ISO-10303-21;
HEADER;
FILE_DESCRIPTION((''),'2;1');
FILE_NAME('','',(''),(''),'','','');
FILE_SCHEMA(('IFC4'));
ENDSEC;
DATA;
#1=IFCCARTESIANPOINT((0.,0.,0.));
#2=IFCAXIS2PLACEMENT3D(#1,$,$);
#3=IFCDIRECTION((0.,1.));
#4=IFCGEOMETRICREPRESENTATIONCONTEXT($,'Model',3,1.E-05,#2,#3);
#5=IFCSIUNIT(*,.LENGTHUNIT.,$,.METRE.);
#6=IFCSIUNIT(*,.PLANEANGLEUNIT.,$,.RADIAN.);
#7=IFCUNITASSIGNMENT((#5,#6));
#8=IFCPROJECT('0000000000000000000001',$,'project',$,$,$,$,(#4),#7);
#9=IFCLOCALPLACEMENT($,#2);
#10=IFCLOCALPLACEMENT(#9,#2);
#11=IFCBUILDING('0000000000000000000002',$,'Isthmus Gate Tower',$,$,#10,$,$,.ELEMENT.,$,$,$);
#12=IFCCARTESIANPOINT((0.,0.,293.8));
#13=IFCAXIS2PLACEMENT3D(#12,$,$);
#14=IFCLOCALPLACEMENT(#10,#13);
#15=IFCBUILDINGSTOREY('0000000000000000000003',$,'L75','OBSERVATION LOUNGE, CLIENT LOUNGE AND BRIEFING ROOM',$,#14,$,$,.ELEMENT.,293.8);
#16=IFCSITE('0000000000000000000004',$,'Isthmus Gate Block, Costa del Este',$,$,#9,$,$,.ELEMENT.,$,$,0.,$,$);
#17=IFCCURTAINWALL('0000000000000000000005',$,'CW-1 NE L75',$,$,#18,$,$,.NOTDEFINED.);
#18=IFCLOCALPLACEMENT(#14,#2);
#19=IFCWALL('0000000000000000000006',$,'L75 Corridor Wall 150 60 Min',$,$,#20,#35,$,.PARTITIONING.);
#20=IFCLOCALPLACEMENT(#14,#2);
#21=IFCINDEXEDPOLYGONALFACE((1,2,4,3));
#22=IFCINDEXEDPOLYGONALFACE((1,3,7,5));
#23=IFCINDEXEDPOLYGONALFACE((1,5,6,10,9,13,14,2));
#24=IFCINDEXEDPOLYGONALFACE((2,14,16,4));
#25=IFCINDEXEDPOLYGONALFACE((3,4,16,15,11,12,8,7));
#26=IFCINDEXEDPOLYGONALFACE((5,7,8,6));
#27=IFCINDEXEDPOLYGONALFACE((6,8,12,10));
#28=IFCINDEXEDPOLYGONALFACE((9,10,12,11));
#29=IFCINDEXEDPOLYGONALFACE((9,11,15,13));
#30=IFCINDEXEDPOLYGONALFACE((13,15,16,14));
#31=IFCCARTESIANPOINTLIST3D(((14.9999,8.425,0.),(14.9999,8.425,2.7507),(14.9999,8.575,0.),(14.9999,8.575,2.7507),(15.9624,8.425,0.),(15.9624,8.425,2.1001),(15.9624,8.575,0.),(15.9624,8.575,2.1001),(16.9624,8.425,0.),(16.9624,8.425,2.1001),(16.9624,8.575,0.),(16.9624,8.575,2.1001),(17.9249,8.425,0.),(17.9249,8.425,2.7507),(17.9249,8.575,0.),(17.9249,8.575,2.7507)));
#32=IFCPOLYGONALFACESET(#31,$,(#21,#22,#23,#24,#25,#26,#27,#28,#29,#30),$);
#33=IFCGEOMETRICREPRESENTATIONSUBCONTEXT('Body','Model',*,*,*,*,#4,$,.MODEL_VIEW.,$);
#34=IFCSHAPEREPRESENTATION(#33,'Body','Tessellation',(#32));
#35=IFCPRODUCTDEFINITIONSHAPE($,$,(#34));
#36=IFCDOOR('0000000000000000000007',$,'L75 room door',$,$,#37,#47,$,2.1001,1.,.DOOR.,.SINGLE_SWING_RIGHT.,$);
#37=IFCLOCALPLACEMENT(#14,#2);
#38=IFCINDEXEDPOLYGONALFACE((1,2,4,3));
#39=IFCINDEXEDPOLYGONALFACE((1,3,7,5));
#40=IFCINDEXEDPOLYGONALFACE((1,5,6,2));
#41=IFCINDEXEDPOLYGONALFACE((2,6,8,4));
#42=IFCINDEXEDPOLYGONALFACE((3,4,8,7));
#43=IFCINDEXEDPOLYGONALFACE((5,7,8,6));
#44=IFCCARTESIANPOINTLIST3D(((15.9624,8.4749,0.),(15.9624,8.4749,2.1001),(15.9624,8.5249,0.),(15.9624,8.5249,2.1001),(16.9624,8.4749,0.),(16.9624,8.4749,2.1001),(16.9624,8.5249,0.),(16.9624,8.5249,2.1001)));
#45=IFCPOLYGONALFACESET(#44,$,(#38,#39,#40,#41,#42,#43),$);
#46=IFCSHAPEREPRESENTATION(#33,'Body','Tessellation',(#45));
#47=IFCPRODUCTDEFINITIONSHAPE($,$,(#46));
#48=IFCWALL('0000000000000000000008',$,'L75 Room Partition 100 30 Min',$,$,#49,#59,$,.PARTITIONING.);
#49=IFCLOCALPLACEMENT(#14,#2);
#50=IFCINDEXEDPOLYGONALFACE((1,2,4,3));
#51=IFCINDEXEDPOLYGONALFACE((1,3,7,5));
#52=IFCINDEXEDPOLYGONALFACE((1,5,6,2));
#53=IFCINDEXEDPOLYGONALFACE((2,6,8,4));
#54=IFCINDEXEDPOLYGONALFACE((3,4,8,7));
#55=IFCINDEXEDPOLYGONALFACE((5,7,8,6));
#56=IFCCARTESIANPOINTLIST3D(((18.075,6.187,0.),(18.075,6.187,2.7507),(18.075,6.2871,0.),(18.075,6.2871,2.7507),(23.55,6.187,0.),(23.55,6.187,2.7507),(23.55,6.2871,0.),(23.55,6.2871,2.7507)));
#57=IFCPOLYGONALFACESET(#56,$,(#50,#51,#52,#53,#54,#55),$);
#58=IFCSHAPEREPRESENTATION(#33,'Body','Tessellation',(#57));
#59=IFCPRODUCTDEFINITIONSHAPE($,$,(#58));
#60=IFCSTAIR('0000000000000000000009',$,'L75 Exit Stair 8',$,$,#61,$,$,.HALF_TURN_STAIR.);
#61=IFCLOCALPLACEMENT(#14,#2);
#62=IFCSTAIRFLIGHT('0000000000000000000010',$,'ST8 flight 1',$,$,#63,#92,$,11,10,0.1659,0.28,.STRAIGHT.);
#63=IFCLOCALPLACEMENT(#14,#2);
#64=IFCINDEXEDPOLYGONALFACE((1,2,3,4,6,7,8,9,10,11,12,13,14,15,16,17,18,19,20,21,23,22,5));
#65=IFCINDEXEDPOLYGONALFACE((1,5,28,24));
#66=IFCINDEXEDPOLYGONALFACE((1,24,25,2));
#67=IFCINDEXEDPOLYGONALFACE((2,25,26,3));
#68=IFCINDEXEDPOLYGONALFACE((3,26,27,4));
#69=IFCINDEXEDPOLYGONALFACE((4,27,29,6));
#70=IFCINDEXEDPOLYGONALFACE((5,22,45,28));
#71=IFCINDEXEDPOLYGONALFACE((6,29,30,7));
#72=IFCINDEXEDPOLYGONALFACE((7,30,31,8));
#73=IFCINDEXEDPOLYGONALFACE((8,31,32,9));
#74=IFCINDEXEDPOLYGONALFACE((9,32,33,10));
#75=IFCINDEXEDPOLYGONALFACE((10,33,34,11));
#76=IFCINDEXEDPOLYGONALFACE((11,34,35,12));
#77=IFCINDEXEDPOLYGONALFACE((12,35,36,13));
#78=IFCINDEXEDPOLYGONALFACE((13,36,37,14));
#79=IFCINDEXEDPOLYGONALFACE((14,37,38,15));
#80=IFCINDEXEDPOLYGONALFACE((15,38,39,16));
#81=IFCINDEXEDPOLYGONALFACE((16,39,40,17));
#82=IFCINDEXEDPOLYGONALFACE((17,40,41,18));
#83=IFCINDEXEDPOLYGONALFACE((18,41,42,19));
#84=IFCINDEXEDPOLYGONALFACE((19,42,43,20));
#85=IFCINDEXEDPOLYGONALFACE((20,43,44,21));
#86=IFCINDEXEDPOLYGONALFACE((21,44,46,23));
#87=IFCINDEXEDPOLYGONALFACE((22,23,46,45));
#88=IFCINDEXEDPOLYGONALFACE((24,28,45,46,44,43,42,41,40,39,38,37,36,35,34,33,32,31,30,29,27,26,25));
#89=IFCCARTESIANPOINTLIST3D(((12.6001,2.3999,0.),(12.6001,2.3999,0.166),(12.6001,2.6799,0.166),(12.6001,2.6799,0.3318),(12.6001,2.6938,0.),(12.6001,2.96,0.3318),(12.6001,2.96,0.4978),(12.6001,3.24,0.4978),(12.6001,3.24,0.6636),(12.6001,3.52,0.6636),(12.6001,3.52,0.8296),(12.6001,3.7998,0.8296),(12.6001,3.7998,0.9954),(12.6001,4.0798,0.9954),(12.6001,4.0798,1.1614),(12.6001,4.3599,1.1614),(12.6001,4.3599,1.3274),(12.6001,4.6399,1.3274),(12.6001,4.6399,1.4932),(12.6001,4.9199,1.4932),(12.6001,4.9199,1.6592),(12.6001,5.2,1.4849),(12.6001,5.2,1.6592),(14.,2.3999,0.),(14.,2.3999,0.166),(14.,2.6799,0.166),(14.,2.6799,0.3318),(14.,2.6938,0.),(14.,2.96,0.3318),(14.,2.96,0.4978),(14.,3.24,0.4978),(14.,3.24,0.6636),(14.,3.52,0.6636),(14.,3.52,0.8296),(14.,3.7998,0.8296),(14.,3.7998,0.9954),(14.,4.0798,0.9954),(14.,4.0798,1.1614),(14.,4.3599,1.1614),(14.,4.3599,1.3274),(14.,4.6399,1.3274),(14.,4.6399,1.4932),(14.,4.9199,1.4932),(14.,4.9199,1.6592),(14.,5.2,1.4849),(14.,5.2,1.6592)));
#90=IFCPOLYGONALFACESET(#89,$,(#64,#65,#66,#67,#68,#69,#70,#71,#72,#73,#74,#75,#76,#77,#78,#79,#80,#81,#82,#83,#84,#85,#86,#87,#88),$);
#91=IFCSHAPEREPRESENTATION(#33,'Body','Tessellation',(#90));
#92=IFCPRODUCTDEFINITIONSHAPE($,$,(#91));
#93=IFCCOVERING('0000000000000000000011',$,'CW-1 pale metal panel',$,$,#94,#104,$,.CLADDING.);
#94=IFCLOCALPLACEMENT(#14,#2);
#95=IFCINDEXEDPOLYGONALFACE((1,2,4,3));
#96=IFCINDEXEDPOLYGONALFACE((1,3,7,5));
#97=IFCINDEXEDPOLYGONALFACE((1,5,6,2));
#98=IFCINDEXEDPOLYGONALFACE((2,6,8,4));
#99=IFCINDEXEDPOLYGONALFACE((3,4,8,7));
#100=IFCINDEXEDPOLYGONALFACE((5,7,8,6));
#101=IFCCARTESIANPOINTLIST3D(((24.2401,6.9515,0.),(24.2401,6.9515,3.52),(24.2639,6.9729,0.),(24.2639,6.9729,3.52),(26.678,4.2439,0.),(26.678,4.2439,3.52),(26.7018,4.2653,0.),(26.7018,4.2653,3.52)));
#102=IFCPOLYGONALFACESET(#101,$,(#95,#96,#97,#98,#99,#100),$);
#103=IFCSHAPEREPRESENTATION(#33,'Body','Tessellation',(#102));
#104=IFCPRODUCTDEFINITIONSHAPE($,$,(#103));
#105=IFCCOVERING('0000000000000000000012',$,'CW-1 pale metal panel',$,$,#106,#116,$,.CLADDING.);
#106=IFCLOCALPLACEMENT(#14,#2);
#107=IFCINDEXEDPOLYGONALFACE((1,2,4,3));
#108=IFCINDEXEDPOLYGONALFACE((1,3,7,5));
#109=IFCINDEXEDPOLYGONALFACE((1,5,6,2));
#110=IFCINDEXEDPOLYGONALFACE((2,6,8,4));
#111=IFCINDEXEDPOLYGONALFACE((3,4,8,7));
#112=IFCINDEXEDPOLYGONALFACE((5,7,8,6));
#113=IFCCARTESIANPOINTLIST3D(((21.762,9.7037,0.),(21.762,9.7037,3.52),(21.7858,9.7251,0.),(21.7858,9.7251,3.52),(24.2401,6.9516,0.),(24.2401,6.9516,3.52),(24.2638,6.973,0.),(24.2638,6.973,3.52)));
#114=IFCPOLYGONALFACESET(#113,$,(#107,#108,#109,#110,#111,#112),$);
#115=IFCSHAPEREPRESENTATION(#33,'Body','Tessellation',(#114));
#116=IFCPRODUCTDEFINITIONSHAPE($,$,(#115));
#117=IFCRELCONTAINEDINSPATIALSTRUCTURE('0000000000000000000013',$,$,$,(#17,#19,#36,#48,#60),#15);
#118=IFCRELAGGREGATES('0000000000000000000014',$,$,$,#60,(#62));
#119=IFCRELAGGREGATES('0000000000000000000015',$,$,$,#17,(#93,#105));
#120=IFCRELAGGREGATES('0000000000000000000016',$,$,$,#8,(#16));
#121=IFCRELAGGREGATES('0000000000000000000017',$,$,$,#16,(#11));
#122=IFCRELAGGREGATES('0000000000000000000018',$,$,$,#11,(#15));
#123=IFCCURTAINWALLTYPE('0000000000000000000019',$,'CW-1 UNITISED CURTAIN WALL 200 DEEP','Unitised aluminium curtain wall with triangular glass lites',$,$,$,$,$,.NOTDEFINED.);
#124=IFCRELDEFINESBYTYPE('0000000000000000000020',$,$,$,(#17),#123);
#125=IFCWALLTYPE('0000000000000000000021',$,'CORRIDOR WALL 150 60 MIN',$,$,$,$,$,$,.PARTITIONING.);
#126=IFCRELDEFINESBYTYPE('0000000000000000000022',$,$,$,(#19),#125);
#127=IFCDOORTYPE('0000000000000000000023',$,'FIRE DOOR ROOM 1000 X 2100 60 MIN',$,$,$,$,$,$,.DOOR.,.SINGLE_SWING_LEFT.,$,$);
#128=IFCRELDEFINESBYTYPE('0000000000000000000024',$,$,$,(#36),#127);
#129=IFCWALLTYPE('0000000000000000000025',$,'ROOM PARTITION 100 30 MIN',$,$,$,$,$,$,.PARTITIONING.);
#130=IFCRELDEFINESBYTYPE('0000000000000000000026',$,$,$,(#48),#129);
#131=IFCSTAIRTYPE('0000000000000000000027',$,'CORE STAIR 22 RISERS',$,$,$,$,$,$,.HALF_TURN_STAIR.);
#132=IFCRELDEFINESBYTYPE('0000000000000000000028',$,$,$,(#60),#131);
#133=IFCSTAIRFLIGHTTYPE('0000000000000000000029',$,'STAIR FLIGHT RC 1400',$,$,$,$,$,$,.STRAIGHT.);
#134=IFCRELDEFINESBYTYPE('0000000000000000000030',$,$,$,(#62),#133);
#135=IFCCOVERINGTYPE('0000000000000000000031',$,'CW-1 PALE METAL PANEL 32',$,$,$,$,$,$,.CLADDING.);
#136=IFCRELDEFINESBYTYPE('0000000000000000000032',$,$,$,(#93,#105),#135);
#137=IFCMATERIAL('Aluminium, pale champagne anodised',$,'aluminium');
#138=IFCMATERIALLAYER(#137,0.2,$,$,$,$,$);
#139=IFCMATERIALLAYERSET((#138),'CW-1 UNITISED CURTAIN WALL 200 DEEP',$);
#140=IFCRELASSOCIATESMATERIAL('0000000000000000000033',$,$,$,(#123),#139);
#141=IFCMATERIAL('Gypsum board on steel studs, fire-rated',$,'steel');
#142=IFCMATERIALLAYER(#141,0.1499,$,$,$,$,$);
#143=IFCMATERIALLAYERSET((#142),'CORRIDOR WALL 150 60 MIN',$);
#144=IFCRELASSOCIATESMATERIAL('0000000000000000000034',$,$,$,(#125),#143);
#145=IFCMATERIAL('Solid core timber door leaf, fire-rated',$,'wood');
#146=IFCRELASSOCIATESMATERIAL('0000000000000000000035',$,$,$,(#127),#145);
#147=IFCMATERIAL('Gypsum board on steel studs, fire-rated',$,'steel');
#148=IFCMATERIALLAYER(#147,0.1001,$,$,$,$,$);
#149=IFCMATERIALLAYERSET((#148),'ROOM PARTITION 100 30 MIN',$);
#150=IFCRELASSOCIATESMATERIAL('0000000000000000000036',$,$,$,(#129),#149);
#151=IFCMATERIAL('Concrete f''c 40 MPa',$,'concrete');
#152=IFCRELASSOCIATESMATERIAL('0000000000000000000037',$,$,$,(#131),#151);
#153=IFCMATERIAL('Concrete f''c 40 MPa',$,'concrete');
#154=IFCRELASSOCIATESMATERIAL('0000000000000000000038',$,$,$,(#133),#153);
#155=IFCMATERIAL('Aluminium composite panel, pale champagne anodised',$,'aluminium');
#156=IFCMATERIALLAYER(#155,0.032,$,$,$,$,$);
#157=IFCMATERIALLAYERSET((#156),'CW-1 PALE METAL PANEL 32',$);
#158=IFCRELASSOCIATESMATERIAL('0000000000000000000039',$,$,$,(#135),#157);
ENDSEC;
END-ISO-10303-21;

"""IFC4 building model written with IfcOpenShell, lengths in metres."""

from ifc_helpers import new_model, si_unit, direction, frame, frame_2d, origin, origin_2d, place, context, subcontext, project, spatial, polyline, rectangle, outline, extrude, material, layer, layer_set, type_object, element, fill, aggregate, save


model = new_model("IFC4")

# Units and contexts
model_context = context("Model", 3, precision=1e-05, world=origin(), true_north=direction((0.0, 1.0)))
body_context = subcontext(model_context, "Body", "Model", "MODEL_VIEW")
ifc_project = project(units=[si_unit("LENGTHUNIT", "METRE"), si_unit("PLANEANGLEUNIT", "RADIAN")], contexts=[model_context])

# Site, building, storey
site_placement = place(None, origin())
site = spatial("IfcSite", under=ifc_project, at=site_placement, Name="Isthmus Gate Block, Costa del Este", CompositionType="ELEMENT", RefElevation=0.0)
building_placement = place(site_placement, origin())
building = spatial("IfcBuilding", under=site, at=building_placement, Name="Isthmus Gate Tower", CompositionType="ELEMENT")
storey_placement = place(building_placement, frame((0.0, 0.0, 293.8)))
storey = spatial("IfcBuildingStorey", under=building, at=storey_placement, Name="L75", Description="OBSERVATION LOUNGE, CLIENT LOUNGE AND BRIEFING ROOM", CompositionType="ELEMENT", Elevation=293.8)

# Curtain wall
ifc_material_1 = material(Name="Aluminium, pale champagne anodised", Category="aluminium")
ifc_layer_1 = layer(ifc_material_1, 0.2)
ifc_layer_set_1 = layer_set([ifc_layer_1], Name="CW-1 UNITISED CURTAIN WALL 200 DEEP")
curtain_wall_type = type_object("IfcCurtainWallType", Name="CW-1 UNITISED CURTAIN WALL 200 DEEP", Description="Unitised aluminium curtain wall with triangular glass lites", PredefinedType="NOTDEFINED", material=ifc_layer_set_1)
curtain_wall_1_placement = place(storey_placement, origin())
curtain_wall_1 = element("IfcCurtainWall", 1, at=curtain_wall_1_placement, inside=storey, type_object=curtain_wall_type, Name="CW-1 NE L75", PredefinedType="NOTDEFINED")

# Shared definitions
ifc_material_2 = material(Name="Gypsum board on steel studs, fire-rated", Category="steel")
ifc_layer_2 = layer(ifc_material_2, 0.1499)
ifc_layer_set_2 = layer_set([ifc_layer_2], Name="CORRIDOR WALL 150 60 MIN")
wall_type_1 = type_object("IfcWallType", Name="CORRIDOR WALL 150 60 MIN", PredefinedType="PARTITIONING", material=ifc_layer_set_2)

# Wall, opening, door
wall_1_placement = place(storey_placement, frame((15.0, 8.5, 0.0), z_axis=(0.0, 0.0, 1.0), x_axis=(1.0, 0.0, 0.0)))
wall_1 = element("IfcWall", 2, at=wall_1_placement, inside=storey, type_object=wall_type_1, Name="L75 Corridor Wall 150 60 Min", PredefinedType="PARTITIONING", context=body_context, shape_type="SweptSolid", body=[
    extrude(rectangle(XDim=2.925, YDim=0.1499, at=frame_2d((1.4624, 0.0))), origin(), (0.0, 0.0, 1.0), 2.7507),
])
opening_1_placement = place(wall_1_placement, frame((0.9624, 0.0, 0.0)))
opening_1 = element("IfcOpeningElement", 3, at=opening_1_placement, cuts=wall_1, PredefinedType="OPENING", context=body_context, shape_type="SweptSolid", body=[
    extrude(rectangle(XDim=1.0, YDim=2.1001, at=frame_2d((0.5, 1.05))), frame((0.0, 0.085, 0.0), z_axis=(0.0, -1.0, 0.0), x_axis=(1.0, 0.0, 0.0)), (0.0, 0.0, 1.0), 0.1699),
])
ifc_material_3 = material(Name="Solid core timber door leaf, fire-rated", Category="wood")
door_type_1 = type_object("IfcDoorType", Name="FIRE DOOR ROOM 1000 X 2100 60 MIN", OperationType="SINGLE_SWING_LEFT", PredefinedType="DOOR", material=ifc_material_3)
door_1_placement = place(opening_1_placement, origin())
door_1 = element("IfcDoor", 4, at=door_1_placement, inside=storey, type_object=door_type_1, Name="L75 room door", OperationType="SINGLE_SWING_RIGHT", OverallHeight=2.1001, OverallWidth=1.0, PredefinedType="DOOR", context=body_context, shape_type="SweptSolid", body=[
    extrude(rectangle(XDim=1.0, YDim=2.1001, at=frame_2d((0.5, 1.05))), frame((0.0, 0.0249, 0.0), z_axis=(0.0, -1.0, 0.0), x_axis=(1.0, 0.0, 0.0)), (0.0, 0.0, 1.0), 0.05),
])
fill(opening_1, door_1)

# Wall
ifc_material_4 = material(Name="Gypsum board on steel studs, fire-rated", Category="steel")
ifc_layer_3 = layer(ifc_material_4, 0.1001)
ifc_layer_set_3 = layer_set([ifc_layer_3], Name="ROOM PARTITION 100 30 MIN")
wall_type_2 = type_object("IfcWallType", Name="ROOM PARTITION 100 30 MIN", PredefinedType="PARTITIONING", material=ifc_layer_set_3)
wall_2_placement = place(storey_placement, frame((18.075, 6.2371, 0.0), z_axis=(0.0, 0.0, 1.0), x_axis=(1.0, 0.0, 0.0)))
element("IfcWall", 5, at=wall_2_placement, inside=storey, type_object=wall_type_2, Name="L75 Room Partition 100 30 Min", PredefinedType="PARTITIONING", context=body_context, shape_type="SweptSolid", body=[
    extrude(rectangle(XDim=5.4751, YDim=0.1001, at=frame_2d((2.7375, 0.0))), origin(), (0.0, 0.0, 1.0), 2.7507),
])

# Stair, stair flight
ifc_material_5 = material(Name="Concrete f'c 40 MPa", Category="concrete")
stair_type = type_object("IfcStairType", Name="CORE STAIR 22 RISERS", PredefinedType="HALF_TURN_STAIR", material=ifc_material_5)
stair_placement = place(storey_placement, origin())
stair = element("IfcStair", 6, at=stair_placement, inside=storey, type_object=stair_type, Name="L75 Exit Stair 8", PredefinedType="HALF_TURN_STAIR")
ifc_material_6 = material(Name="Concrete f'c 40 MPa", Category="concrete")
stair_flight_type = type_object("IfcStairFlightType", Name="STAIR FLIGHT RC 1400", PredefinedType="STRAIGHT", material=ifc_material_6)
stair_flight_placement = place(storey_placement, frame((13.3, 2.3999, 0.0), z_axis=(0.0, 0.0, 1.0), x_axis=(0.0, 1.0, 0.0)))
stair_flight = element("IfcStairFlight", 7, at=stair_flight_placement, type_object=stair_flight_type, Name="ST8 flight 1", NumberOfRisers=11, NumberOfTreads=10, PredefinedType="STRAIGHT", RiserHeight=0.1659, TreadLength=0.28, context=body_context, shape_type="SweptSolid", body=[
    extrude(outline(polyline([(0.0, 0.0), (0.0, 0.166), (0.28, 0.166), (0.28, 0.3318), (0.5601, 0.3318), (0.5601, 0.4978), (0.8401, 0.4978), (0.8401, 0.6636), (1.1201, 0.6636), (1.1201, 0.8296), (1.3999, 0.8296), (1.3999, 0.9954), (1.6799, 0.9954), (1.6799, 1.1614), (1.96, 1.1614), (1.96, 1.3274), (2.24, 1.3274), (2.24, 1.4932), (2.52, 1.4932), (2.52, 1.6592), (2.8, 1.6592), (2.8, 1.825), (2.8, 1.4849), (0.2939, 0.0), (0.0, 0.0)])), frame((0.0, 0.7, 0.0), z_axis=(0.0, -1.0, 0.0), x_axis=(1.0, 0.0, 0.0)), (0.0, 0.0, 1.0), 1.3999),
])
aggregate(stair, [stair_flight])

# Coverings
ifc_material_7 = material(Name="Aluminium composite panel, pale champagne anodised", Category="aluminium")
ifc_layer_4 = layer(ifc_material_7, 0.032)
ifc_layer_set_4 = layer_set([ifc_layer_4], Name="CW-1 PALE METAL PANEL 32")
covering_type = type_object("IfcCoveringType", Name="CW-1 PALE METAL PANEL 32", PredefinedType="CLADDING", material=ifc_layer_set_4)
covering_1_placement = place(storey_placement, frame((25.4709, 5.6084, 0.0), z_axis=(0.0, 0.0, 1.0), x_axis=(-0.669131, 0.743145, 0.0)))
covering_1 = element("IfcCovering", 8, at=covering_1_placement, type_object=covering_type, Name="CW-1 pale metal panel", PredefinedType="CLADDING", context=body_context, shape_type="SweptSolid", body=[
    extrude(rectangle(XDim=3.6433, YDim=0.032, at=origin_2d()), origin(), (0.0, 0.0, 1.0), 3.52),
])
covering_2_placement = place(storey_placement, frame((23.0129, 8.3384, 0.0), z_axis=(0.0, 0.0, 1.0), x_axis=(-0.669131, 0.743145, 0.0)))
covering_2 = element("IfcCovering", 9, at=covering_2_placement, type_object=covering_type, Name="CW-1 pale metal panel", PredefinedType="CLADDING", context=body_context, shape_type="SweptSolid", body=[
    extrude(rectangle(XDim=3.7034, YDim=0.032, at=origin_2d()), origin(), (0.0, 0.0, 1.0), 3.52),
])
aggregate(curtain_wall_1, [covering_1, covering_2])

save(model, "model.ifc")
